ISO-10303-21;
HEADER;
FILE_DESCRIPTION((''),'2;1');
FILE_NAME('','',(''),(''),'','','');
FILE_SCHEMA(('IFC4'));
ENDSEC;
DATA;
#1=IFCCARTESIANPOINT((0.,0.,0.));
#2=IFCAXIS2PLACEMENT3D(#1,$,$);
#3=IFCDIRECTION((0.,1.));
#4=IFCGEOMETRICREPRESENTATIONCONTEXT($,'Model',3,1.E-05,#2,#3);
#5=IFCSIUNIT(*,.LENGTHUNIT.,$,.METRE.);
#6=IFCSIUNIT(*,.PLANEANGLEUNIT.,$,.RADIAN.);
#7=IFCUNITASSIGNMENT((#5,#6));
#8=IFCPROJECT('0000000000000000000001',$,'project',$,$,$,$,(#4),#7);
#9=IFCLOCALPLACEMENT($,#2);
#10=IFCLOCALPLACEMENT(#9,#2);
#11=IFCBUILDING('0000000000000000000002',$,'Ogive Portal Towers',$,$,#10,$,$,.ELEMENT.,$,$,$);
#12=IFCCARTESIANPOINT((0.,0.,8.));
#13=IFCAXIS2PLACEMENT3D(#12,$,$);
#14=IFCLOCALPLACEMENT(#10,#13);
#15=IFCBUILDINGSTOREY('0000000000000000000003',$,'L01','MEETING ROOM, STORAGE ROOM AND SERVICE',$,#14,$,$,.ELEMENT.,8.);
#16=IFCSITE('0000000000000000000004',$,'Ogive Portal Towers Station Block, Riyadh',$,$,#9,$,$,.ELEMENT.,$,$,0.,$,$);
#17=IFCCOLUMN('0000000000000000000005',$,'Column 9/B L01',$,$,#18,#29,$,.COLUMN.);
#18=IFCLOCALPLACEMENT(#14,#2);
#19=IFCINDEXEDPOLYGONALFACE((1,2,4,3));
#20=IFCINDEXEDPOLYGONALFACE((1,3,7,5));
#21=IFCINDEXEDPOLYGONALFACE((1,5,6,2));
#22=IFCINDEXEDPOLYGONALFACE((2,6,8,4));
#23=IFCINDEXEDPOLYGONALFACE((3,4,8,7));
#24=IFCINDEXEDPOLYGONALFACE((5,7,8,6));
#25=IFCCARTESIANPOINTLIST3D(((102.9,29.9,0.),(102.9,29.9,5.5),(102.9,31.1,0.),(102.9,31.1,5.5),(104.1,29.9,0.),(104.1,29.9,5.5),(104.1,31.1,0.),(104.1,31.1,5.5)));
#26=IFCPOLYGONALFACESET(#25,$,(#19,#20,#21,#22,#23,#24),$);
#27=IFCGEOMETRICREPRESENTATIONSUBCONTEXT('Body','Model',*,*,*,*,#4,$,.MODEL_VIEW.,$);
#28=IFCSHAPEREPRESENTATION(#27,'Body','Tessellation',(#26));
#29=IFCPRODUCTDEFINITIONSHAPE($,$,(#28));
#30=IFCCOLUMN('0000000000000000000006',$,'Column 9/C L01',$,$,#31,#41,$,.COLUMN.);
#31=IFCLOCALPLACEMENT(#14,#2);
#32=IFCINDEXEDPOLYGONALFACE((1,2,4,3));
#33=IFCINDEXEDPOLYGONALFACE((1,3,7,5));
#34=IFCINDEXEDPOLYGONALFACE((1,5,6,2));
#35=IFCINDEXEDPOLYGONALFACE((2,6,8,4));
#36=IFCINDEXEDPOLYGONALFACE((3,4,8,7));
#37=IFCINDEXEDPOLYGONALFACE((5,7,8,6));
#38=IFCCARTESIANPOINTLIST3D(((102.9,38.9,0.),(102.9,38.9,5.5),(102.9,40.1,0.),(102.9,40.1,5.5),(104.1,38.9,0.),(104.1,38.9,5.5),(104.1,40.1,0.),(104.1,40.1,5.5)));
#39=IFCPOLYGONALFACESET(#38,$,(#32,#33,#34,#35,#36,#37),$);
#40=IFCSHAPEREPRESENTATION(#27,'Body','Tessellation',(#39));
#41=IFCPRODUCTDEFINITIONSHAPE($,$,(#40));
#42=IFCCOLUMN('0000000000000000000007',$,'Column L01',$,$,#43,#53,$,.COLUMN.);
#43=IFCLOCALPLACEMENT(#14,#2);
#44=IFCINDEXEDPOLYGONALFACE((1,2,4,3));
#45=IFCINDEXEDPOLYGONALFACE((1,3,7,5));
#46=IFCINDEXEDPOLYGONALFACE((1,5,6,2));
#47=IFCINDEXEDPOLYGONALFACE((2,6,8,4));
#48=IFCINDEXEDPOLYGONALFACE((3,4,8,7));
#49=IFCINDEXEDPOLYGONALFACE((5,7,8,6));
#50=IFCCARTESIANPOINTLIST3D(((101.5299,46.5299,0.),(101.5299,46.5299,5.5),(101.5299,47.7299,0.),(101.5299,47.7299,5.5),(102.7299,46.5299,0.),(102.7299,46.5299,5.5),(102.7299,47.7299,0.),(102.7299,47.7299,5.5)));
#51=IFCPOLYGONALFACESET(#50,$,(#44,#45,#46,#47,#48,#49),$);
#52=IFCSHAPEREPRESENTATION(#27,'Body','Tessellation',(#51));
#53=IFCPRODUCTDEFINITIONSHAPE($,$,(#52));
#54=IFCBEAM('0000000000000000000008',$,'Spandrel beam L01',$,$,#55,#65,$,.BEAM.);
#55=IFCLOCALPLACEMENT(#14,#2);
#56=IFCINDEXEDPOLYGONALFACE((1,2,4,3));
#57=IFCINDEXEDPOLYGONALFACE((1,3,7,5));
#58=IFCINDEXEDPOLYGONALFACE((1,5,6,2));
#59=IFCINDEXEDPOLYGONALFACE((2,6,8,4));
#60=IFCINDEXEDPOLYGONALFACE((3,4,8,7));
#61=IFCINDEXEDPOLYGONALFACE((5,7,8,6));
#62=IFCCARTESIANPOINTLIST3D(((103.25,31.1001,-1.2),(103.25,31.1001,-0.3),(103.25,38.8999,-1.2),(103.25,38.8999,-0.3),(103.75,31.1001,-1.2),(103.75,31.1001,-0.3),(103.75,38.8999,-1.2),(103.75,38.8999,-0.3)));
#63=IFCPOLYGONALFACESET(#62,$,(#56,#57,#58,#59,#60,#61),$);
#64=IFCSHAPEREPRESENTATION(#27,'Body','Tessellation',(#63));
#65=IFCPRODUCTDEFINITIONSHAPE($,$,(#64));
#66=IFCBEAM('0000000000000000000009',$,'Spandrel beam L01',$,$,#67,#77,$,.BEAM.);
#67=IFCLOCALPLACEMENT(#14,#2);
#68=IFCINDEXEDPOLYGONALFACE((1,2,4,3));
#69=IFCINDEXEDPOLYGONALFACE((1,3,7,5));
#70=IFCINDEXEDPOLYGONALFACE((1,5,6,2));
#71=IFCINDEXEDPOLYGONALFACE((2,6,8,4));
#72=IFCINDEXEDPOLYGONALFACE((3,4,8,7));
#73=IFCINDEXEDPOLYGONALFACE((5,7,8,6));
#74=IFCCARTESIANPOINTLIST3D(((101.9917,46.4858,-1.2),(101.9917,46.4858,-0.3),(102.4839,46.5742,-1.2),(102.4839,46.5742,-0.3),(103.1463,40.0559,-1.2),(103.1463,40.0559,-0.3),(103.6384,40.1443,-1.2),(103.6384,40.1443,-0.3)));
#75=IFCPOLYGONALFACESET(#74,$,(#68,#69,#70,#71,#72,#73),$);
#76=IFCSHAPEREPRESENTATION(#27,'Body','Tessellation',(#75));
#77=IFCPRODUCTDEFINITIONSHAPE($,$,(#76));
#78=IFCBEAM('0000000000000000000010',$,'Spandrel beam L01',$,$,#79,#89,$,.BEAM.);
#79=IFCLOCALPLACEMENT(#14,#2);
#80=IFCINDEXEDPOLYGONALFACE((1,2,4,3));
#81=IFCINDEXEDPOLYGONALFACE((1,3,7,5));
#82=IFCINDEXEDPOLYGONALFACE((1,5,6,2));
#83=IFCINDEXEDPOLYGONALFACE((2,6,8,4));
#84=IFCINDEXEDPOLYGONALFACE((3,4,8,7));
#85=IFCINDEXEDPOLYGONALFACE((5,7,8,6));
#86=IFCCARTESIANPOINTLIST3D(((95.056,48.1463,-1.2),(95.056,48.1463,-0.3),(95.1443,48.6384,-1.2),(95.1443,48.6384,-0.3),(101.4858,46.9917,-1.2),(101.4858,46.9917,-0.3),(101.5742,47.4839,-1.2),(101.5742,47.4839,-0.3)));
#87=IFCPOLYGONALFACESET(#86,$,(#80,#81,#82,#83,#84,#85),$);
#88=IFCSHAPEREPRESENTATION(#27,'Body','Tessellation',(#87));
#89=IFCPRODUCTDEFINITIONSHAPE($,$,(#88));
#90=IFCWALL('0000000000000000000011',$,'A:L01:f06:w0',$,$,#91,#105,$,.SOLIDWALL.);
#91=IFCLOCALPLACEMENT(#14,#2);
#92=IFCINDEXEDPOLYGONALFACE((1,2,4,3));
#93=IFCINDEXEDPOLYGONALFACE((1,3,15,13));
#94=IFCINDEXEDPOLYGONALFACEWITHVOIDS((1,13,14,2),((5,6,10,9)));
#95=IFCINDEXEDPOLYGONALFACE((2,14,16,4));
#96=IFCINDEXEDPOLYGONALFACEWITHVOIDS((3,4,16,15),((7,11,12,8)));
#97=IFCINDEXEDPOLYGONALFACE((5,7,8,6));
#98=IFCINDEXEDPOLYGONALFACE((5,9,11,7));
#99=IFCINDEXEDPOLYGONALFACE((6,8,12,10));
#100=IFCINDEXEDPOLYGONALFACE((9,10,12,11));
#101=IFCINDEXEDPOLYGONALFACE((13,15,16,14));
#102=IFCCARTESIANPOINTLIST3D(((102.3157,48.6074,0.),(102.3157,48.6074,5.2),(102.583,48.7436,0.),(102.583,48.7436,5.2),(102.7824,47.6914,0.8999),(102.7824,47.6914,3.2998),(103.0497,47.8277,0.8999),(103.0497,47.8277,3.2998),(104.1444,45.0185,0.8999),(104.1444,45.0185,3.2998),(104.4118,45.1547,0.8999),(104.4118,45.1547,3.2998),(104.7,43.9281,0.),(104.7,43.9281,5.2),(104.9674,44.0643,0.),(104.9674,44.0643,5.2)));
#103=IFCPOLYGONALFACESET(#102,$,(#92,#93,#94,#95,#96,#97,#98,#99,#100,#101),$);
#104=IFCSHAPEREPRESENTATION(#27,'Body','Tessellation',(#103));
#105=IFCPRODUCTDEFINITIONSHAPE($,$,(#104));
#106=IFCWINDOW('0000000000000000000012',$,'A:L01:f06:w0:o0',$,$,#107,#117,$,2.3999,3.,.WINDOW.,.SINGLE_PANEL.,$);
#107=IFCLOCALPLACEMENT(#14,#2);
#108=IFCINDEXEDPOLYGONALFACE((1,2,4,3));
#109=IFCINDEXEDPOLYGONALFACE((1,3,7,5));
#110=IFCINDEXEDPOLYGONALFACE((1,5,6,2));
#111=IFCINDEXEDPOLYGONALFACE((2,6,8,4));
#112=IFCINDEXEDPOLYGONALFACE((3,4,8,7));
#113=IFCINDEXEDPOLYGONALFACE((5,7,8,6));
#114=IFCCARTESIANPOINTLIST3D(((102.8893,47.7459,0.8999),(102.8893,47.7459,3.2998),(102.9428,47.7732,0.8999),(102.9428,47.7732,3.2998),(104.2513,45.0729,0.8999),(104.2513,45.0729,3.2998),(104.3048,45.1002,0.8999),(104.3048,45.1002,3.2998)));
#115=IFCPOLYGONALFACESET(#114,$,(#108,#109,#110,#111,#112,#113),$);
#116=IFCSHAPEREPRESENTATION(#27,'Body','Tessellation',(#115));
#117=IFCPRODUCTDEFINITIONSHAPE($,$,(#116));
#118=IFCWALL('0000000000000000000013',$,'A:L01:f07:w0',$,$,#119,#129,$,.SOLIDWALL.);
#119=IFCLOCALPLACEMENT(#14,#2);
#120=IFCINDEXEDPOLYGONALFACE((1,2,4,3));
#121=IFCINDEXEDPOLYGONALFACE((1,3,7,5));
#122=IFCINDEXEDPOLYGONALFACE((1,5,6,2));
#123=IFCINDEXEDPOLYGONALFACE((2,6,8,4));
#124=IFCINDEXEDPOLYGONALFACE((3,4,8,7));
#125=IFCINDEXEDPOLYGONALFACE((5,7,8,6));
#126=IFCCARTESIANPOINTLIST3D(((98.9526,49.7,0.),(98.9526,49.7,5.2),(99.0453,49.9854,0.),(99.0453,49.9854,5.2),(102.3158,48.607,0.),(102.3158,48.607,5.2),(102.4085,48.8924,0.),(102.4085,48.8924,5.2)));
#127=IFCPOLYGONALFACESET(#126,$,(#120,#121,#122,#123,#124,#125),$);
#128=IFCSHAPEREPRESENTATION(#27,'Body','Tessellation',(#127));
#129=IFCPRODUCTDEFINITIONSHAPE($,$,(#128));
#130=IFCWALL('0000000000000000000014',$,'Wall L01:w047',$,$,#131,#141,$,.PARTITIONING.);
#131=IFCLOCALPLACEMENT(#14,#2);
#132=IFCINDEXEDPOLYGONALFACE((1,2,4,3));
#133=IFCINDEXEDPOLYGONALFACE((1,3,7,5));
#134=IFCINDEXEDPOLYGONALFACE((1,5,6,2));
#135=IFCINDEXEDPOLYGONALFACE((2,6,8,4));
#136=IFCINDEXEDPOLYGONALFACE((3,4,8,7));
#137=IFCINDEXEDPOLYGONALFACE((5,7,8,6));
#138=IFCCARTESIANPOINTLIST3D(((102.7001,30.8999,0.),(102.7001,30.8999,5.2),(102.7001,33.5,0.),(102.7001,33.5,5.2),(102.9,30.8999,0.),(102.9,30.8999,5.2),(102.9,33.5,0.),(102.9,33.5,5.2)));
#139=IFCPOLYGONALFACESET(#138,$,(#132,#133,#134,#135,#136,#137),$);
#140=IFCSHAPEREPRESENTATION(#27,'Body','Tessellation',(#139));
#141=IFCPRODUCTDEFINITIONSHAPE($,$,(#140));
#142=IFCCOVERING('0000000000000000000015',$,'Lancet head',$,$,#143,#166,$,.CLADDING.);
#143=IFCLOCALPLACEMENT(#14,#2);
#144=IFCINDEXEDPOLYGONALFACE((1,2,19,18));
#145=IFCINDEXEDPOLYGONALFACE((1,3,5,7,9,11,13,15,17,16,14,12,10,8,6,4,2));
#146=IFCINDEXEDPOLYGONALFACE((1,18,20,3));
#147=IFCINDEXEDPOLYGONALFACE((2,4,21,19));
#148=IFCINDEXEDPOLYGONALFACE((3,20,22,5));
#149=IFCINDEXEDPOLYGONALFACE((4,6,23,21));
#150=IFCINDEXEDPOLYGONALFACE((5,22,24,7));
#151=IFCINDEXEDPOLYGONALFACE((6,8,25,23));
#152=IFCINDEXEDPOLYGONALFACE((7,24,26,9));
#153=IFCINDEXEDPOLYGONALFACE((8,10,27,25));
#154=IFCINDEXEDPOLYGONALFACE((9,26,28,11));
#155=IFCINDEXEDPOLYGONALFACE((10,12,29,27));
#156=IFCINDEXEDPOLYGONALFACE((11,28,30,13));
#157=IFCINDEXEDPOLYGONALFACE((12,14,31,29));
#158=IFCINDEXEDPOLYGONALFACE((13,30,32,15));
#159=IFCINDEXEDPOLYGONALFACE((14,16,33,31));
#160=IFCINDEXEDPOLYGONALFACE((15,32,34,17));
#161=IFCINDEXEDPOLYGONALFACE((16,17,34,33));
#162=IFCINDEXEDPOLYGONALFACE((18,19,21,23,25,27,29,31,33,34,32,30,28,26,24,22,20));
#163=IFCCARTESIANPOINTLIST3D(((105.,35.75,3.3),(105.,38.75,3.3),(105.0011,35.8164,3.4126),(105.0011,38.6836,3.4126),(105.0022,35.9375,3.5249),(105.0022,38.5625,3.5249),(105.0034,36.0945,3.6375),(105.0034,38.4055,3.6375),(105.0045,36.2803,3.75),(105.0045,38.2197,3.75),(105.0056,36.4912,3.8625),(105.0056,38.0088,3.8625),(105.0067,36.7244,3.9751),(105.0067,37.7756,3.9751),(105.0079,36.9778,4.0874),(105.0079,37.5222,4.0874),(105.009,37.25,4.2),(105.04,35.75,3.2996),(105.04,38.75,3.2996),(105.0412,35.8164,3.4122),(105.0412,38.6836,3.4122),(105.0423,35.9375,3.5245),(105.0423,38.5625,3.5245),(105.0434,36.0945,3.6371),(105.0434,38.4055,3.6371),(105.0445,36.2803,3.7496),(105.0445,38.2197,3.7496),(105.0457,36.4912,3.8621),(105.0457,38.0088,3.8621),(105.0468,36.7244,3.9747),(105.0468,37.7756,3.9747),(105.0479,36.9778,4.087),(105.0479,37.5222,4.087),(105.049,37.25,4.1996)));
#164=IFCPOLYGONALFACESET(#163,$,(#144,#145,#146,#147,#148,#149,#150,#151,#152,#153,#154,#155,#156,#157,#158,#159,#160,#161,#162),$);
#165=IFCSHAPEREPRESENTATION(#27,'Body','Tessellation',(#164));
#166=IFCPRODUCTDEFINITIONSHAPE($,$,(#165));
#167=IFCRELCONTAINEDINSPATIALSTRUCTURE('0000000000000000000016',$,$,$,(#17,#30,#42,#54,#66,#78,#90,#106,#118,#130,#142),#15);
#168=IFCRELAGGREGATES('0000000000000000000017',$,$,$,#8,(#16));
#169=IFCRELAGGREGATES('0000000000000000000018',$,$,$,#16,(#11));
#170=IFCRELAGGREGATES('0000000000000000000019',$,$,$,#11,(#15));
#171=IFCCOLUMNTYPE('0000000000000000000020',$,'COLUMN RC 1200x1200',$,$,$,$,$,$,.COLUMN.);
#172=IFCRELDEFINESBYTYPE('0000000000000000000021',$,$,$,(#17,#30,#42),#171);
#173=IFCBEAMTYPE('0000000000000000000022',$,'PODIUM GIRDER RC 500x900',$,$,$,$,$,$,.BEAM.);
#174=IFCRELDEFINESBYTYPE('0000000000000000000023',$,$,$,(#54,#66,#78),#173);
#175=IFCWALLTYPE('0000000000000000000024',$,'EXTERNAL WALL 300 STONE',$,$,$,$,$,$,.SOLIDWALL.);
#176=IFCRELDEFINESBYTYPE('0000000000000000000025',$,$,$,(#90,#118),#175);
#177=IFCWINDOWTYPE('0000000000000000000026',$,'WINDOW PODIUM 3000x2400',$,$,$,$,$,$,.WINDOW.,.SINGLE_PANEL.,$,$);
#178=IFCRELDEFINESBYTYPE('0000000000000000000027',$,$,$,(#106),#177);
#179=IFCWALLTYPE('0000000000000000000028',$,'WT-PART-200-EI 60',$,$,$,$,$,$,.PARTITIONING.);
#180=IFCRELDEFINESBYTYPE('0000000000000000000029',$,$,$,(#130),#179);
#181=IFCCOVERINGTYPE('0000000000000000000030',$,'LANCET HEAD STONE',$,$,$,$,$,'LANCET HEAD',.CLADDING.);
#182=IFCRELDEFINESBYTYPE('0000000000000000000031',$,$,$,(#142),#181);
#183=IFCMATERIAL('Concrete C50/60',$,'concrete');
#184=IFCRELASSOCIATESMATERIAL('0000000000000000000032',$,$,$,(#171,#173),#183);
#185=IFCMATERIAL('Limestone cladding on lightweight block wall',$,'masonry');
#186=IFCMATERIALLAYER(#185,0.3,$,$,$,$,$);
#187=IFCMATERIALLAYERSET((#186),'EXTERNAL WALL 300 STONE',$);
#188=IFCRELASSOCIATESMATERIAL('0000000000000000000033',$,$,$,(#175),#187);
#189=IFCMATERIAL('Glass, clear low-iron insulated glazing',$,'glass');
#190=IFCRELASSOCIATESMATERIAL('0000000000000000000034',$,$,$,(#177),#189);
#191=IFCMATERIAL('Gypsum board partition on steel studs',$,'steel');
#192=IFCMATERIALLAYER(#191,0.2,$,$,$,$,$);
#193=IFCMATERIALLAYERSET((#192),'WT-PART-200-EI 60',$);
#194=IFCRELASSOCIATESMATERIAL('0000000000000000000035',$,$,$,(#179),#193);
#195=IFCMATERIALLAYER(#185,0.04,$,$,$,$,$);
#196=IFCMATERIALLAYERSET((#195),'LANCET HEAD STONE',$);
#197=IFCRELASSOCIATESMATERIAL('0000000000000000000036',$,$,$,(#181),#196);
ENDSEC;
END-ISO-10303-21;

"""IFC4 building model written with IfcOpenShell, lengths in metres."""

from ifc_helpers import new_model, si_unit, direction, frame, frame_2d, origin, origin_2d, place, context, subcontext, project, spatial, polyline, rectangle, outline, extrude, material, layer, layer_set, material_profile, profile_set, type_object, element, fill, save


model = new_model("IFC4")

# Units and contexts
model_context = context("Model", 3, precision=1e-05, world=origin(), true_north=direction((0.0, 1.0)))
body_context = subcontext(model_context, "Body", "Model", "MODEL_VIEW")
ifc_project = project(units=[si_unit("LENGTHUNIT", "METRE"), si_unit("PLANEANGLEUNIT", "RADIAN")], contexts=[model_context])

# Site, building, storey
site_placement = place(None, origin())
site = spatial("IfcSite", under=ifc_project, at=site_placement, Name="Ogive Portal Towers Station Block, Riyadh", CompositionType="ELEMENT", RefElevation=0.0)
building_placement = place(site_placement, origin())
building = spatial("IfcBuilding", under=site, at=building_placement, Name="Ogive Portal Towers", CompositionType="ELEMENT")
storey_placement = place(building_placement, frame((0.0, 0.0, 8.0)))
storey = spatial("IfcBuildingStorey", under=building, at=storey_placement, Name="L01", Description="MEETING ROOM, STORAGE ROOM AND SERVICE", CompositionType="ELEMENT", Elevation=8.0)

# Columns
ifc_material_1 = material(Name="Concrete C50/60", Category="concrete")
ifc_material_profile_1 = material_profile(ifc_material_1, rectangle(XDim=1.2, YDim=1.2, at=origin_2d()), Name="RC 1200x1200")
ifc_profile_set_1 = profile_set([ifc_material_profile_1], Name="Concrete C50/60")
column_type = type_object("IfcColumnType", Name="COLUMN RC 1200x1200", PredefinedType="COLUMN", material=ifc_profile_set_1)
for number, where, z_axis, x_axis, name in (
    (1, (103.5, 30.5, 0.0), (0.0, 0.0, 1.0), (1.0, 0.0, 0.0), "Column 9/B L01"),
    (2, (103.5, 39.5, 0.0), (0.0, 0.0, 1.0), (1.0, 0.0, 0.0), "Column 9/C L01"),
    (3, (102.1299, 47.1299, 0.0), (0.0, 0.0, 1.0), (1.0, 0.0, 0.0), "Column L01"),
):
    element("IfcColumn", number, at=place(storey_placement, frame(where, z_axis=z_axis, x_axis=x_axis)), inside=storey, type_object=column_type, Name=name, PredefinedType="COLUMN", context=body_context, shape_type="SweptSolid", body=[
        extrude(rectangle(XDim=1.2, YDim=1.2, at=origin_2d()), origin(), (0.0, 0.0, 1.0), 5.5),
    ])

# Beams
ifc_material_profile_2 = material_profile(ifc_material_1, rectangle(XDim=0.5, YDim=0.8999, at=origin_2d()), Name="RC 500x900")
ifc_profile_set_2 = profile_set([ifc_material_profile_2], Name="Concrete C50/60")
beam_type = type_object("IfcBeamType", Name="PODIUM GIRDER RC 500x900", PredefinedType="BEAM", material=ifc_profile_set_2)
beam_placement = place(storey_placement, frame((103.5, 31.1001, -0.75), z_axis=(0.0, 1.0, 0.0), x_axis=(-1.0, 0.0, 0.0)))
element("IfcBeam", 4, at=beam_placement, inside=storey, type_object=beam_type, Name="Spandrel beam L01", PredefinedType="BEAM", context=body_context, shape_type="SweptSolid", body=[
    extrude(rectangle(XDim=0.5, YDim=0.8999, at=origin_2d()), origin(), (0.0, 0.0, 1.0), 7.7998),
])
for number, where, z_axis, x_axis, name in (
    (5, (103.3923, 40.1001, -0.75), (-0.176731, 0.984259, 0.0), (-0.984259, -0.176731, 0.0), "Spandrel beam L01"),
    (6, (101.53, 47.2378, -0.75), (-0.984259, 0.176731, 0.0), (-0.176731, -0.984259, 0.0), "Spandrel beam L01"),
):
    element("IfcBeam", number, at=place(storey_placement, frame(where, z_axis=z_axis, x_axis=x_axis)), inside=storey, type_object=beam_type, Name=name, PredefinedType="BEAM", context=body_context, shape_type="SweptSolid", body=[
        extrude(rectangle(XDim=0.5, YDim=0.8999, at=origin_2d()), origin(), (0.0, 0.0, 1.0), 6.5327),
    ])

# Wall, opening, window
ifc_material_2 = material(Name="Limestone cladding on lightweight block wall", Category="masonry")
ifc_layer_1 = layer(ifc_material_2, 0.3)
ifc_layer_set_1 = layer_set([ifc_layer_1], Name="EXTERNAL WALL 300 STONE")
wall_type_1 = type_object("IfcWallType", Name="EXTERNAL WALL 300 STONE", PredefinedType="SOLIDWALL", material=ifc_layer_set_1)
wall_1_placement = place(storey_placement, frame((104.8337, 43.9961, 0.0), z_axis=(0.0, 0.0, 1.0), x_axis=(-0.454007, 0.890998, 0.0)))
wall_1 = element("IfcWall", 7, at=wall_1_placement, inside=storey, type_object=wall_type_1, Name="A:L01:f06:w0", PredefinedType="SOLIDWALL", context=body_context, shape_type="SweptSolid", body=[
    extrude(rectangle(XDim=5.2517, YDim=0.3, at=frame_2d((2.626, 0.0))), origin(), (0.0, 0.0, 1.0), 5.2),
])
opening_placement = place(wall_1_placement, frame((1.2239, 0.0, 0.8999)))
opening = element("IfcOpeningElement", 8, at=opening_placement, cuts=wall_1, PredefinedType="OPENING", context=body_context, shape_type="SweptSolid", body=[
    extrude(rectangle(XDim=3.0, YDim=2.3999, at=frame_2d((1.5, 1.2))), frame((0.0, 0.1602, 0.0), z_axis=(0.0, -1.0, 0.0), x_axis=(1.0, 0.0, 0.0)), (0.0, 0.0, 1.0), 0.3201),
])
ifc_material_3 = material(Name="Glass, clear low-iron insulated glazing", Category="glass")
window_type = type_object("IfcWindowType", Name="WINDOW PODIUM 3000x2400", PartitioningType="SINGLE_PANEL", PredefinedType="WINDOW", material=ifc_material_3)
window_placement = place(opening_placement, origin())
window = element("IfcWindow", 9, at=window_placement, inside=storey, type_object=window_type, Name="A:L01:f06:w0:o0", OverallHeight=2.3999, OverallWidth=3.0, PartitioningType="SINGLE_PANEL", PredefinedType="WINDOW", context=body_context, shape_type="SweptSolid", body=[
    extrude(rectangle(XDim=3.0, YDim=2.3999, at=frame_2d((1.5, 1.2))), frame((0.0, 0.03, 0.0), z_axis=(0.0, -1.0, 0.0), x_axis=(1.0, 0.0, 0.0)), (0.0, 0.0, 1.0), 0.0601),
])
fill(opening, window)

# Walls
wall_2_placement = place(storey_placement, frame((102.3621, 48.7498, 0.0), z_axis=(0.0, 0.0, 1.0), x_axis=(-0.951038, 0.309074, 0.0)))
element("IfcWall", 10, at=wall_2_placement, inside=storey, type_object=wall_type_1, Name="A:L01:f07:w0", PredefinedType="SOLIDWALL", context=body_context, shape_type="SweptSolid", body=[
    extrude(rectangle(XDim=3.5364, YDim=0.3, at=frame_2d((1.7681, 0.0))), origin(), (0.0, 0.0, 1.0), 5.2),
])
ifc_material_4 = material(Name="Gypsum board partition on steel studs", Category="steel")
ifc_layer_2 = layer(ifc_material_4, 0.2)
ifc_layer_set_2 = layer_set([ifc_layer_2], Name="WT-PART-200-EI 60")
wall_type_2 = type_object("IfcWallType", Name="WT-PART-200-EI 60", PredefinedType="PARTITIONING", material=ifc_layer_set_2)
wall_3_placement = place(storey_placement, frame((102.8, 30.8999, 0.0), z_axis=(0.0, 0.0, 1.0), x_axis=(0.0, 1.0, 0.0)))
element("IfcWall", 11, at=wall_3_placement, inside=storey, type_object=wall_type_2, Name="Wall L01:w047", PredefinedType="PARTITIONING", context=body_context, shape_type="SweptSolid", body=[
    extrude(rectangle(XDim=2.6001, YDim=0.2, at=frame_2d((1.3, 0.0))), origin(), (0.0, 0.0, 1.0), 5.2),
])

# Covering
ifc_layer_3 = layer(ifc_material_2, 0.04)
ifc_layer_set_3 = layer_set([ifc_layer_3], Name="LANCET HEAD STONE")
covering_type_1 = type_object("IfcCoveringType", Name="LANCET HEAD STONE", ElementType="LANCET HEAD", PredefinedType="CLADDING", material=ifc_layer_set_3)
covering_1_placement = place(storey_placement, frame((105.0, 35.75, 3.3), z_axis=(-0.99995, 0.0, 0.009994), x_axis=(0.0, 1.0, 0.0)))
element("IfcCovering", 12, at=covering_1_placement, inside=storey, type_object=covering_type_1, Name="Lancet head", PredefinedType="CLADDING", context=body_context, shape_type="SweptSolid", body=[
    extrude(outline(polyline([(0.0, 0.0), (3.0, 0.0), (2.9336, -0.1126), (2.8125, -0.2249), (2.6555, -0.3374), (2.4697, -0.45), (2.2588, -0.5625), (2.0256, -0.6751), (1.7722, -0.7874), (1.5, -0.8999), (1.2278, -0.7874), (0.9744, -0.6751), (0.7412, -0.5625), (0.5303, -0.45), (0.3445, -0.3374), (0.1875, -0.2249), (0.0664, -0.1126), (0.0, 0.0)])), origin(), (0.0, 0.0, -1.0), 0.04),
])

save(model, "model.ifc")
